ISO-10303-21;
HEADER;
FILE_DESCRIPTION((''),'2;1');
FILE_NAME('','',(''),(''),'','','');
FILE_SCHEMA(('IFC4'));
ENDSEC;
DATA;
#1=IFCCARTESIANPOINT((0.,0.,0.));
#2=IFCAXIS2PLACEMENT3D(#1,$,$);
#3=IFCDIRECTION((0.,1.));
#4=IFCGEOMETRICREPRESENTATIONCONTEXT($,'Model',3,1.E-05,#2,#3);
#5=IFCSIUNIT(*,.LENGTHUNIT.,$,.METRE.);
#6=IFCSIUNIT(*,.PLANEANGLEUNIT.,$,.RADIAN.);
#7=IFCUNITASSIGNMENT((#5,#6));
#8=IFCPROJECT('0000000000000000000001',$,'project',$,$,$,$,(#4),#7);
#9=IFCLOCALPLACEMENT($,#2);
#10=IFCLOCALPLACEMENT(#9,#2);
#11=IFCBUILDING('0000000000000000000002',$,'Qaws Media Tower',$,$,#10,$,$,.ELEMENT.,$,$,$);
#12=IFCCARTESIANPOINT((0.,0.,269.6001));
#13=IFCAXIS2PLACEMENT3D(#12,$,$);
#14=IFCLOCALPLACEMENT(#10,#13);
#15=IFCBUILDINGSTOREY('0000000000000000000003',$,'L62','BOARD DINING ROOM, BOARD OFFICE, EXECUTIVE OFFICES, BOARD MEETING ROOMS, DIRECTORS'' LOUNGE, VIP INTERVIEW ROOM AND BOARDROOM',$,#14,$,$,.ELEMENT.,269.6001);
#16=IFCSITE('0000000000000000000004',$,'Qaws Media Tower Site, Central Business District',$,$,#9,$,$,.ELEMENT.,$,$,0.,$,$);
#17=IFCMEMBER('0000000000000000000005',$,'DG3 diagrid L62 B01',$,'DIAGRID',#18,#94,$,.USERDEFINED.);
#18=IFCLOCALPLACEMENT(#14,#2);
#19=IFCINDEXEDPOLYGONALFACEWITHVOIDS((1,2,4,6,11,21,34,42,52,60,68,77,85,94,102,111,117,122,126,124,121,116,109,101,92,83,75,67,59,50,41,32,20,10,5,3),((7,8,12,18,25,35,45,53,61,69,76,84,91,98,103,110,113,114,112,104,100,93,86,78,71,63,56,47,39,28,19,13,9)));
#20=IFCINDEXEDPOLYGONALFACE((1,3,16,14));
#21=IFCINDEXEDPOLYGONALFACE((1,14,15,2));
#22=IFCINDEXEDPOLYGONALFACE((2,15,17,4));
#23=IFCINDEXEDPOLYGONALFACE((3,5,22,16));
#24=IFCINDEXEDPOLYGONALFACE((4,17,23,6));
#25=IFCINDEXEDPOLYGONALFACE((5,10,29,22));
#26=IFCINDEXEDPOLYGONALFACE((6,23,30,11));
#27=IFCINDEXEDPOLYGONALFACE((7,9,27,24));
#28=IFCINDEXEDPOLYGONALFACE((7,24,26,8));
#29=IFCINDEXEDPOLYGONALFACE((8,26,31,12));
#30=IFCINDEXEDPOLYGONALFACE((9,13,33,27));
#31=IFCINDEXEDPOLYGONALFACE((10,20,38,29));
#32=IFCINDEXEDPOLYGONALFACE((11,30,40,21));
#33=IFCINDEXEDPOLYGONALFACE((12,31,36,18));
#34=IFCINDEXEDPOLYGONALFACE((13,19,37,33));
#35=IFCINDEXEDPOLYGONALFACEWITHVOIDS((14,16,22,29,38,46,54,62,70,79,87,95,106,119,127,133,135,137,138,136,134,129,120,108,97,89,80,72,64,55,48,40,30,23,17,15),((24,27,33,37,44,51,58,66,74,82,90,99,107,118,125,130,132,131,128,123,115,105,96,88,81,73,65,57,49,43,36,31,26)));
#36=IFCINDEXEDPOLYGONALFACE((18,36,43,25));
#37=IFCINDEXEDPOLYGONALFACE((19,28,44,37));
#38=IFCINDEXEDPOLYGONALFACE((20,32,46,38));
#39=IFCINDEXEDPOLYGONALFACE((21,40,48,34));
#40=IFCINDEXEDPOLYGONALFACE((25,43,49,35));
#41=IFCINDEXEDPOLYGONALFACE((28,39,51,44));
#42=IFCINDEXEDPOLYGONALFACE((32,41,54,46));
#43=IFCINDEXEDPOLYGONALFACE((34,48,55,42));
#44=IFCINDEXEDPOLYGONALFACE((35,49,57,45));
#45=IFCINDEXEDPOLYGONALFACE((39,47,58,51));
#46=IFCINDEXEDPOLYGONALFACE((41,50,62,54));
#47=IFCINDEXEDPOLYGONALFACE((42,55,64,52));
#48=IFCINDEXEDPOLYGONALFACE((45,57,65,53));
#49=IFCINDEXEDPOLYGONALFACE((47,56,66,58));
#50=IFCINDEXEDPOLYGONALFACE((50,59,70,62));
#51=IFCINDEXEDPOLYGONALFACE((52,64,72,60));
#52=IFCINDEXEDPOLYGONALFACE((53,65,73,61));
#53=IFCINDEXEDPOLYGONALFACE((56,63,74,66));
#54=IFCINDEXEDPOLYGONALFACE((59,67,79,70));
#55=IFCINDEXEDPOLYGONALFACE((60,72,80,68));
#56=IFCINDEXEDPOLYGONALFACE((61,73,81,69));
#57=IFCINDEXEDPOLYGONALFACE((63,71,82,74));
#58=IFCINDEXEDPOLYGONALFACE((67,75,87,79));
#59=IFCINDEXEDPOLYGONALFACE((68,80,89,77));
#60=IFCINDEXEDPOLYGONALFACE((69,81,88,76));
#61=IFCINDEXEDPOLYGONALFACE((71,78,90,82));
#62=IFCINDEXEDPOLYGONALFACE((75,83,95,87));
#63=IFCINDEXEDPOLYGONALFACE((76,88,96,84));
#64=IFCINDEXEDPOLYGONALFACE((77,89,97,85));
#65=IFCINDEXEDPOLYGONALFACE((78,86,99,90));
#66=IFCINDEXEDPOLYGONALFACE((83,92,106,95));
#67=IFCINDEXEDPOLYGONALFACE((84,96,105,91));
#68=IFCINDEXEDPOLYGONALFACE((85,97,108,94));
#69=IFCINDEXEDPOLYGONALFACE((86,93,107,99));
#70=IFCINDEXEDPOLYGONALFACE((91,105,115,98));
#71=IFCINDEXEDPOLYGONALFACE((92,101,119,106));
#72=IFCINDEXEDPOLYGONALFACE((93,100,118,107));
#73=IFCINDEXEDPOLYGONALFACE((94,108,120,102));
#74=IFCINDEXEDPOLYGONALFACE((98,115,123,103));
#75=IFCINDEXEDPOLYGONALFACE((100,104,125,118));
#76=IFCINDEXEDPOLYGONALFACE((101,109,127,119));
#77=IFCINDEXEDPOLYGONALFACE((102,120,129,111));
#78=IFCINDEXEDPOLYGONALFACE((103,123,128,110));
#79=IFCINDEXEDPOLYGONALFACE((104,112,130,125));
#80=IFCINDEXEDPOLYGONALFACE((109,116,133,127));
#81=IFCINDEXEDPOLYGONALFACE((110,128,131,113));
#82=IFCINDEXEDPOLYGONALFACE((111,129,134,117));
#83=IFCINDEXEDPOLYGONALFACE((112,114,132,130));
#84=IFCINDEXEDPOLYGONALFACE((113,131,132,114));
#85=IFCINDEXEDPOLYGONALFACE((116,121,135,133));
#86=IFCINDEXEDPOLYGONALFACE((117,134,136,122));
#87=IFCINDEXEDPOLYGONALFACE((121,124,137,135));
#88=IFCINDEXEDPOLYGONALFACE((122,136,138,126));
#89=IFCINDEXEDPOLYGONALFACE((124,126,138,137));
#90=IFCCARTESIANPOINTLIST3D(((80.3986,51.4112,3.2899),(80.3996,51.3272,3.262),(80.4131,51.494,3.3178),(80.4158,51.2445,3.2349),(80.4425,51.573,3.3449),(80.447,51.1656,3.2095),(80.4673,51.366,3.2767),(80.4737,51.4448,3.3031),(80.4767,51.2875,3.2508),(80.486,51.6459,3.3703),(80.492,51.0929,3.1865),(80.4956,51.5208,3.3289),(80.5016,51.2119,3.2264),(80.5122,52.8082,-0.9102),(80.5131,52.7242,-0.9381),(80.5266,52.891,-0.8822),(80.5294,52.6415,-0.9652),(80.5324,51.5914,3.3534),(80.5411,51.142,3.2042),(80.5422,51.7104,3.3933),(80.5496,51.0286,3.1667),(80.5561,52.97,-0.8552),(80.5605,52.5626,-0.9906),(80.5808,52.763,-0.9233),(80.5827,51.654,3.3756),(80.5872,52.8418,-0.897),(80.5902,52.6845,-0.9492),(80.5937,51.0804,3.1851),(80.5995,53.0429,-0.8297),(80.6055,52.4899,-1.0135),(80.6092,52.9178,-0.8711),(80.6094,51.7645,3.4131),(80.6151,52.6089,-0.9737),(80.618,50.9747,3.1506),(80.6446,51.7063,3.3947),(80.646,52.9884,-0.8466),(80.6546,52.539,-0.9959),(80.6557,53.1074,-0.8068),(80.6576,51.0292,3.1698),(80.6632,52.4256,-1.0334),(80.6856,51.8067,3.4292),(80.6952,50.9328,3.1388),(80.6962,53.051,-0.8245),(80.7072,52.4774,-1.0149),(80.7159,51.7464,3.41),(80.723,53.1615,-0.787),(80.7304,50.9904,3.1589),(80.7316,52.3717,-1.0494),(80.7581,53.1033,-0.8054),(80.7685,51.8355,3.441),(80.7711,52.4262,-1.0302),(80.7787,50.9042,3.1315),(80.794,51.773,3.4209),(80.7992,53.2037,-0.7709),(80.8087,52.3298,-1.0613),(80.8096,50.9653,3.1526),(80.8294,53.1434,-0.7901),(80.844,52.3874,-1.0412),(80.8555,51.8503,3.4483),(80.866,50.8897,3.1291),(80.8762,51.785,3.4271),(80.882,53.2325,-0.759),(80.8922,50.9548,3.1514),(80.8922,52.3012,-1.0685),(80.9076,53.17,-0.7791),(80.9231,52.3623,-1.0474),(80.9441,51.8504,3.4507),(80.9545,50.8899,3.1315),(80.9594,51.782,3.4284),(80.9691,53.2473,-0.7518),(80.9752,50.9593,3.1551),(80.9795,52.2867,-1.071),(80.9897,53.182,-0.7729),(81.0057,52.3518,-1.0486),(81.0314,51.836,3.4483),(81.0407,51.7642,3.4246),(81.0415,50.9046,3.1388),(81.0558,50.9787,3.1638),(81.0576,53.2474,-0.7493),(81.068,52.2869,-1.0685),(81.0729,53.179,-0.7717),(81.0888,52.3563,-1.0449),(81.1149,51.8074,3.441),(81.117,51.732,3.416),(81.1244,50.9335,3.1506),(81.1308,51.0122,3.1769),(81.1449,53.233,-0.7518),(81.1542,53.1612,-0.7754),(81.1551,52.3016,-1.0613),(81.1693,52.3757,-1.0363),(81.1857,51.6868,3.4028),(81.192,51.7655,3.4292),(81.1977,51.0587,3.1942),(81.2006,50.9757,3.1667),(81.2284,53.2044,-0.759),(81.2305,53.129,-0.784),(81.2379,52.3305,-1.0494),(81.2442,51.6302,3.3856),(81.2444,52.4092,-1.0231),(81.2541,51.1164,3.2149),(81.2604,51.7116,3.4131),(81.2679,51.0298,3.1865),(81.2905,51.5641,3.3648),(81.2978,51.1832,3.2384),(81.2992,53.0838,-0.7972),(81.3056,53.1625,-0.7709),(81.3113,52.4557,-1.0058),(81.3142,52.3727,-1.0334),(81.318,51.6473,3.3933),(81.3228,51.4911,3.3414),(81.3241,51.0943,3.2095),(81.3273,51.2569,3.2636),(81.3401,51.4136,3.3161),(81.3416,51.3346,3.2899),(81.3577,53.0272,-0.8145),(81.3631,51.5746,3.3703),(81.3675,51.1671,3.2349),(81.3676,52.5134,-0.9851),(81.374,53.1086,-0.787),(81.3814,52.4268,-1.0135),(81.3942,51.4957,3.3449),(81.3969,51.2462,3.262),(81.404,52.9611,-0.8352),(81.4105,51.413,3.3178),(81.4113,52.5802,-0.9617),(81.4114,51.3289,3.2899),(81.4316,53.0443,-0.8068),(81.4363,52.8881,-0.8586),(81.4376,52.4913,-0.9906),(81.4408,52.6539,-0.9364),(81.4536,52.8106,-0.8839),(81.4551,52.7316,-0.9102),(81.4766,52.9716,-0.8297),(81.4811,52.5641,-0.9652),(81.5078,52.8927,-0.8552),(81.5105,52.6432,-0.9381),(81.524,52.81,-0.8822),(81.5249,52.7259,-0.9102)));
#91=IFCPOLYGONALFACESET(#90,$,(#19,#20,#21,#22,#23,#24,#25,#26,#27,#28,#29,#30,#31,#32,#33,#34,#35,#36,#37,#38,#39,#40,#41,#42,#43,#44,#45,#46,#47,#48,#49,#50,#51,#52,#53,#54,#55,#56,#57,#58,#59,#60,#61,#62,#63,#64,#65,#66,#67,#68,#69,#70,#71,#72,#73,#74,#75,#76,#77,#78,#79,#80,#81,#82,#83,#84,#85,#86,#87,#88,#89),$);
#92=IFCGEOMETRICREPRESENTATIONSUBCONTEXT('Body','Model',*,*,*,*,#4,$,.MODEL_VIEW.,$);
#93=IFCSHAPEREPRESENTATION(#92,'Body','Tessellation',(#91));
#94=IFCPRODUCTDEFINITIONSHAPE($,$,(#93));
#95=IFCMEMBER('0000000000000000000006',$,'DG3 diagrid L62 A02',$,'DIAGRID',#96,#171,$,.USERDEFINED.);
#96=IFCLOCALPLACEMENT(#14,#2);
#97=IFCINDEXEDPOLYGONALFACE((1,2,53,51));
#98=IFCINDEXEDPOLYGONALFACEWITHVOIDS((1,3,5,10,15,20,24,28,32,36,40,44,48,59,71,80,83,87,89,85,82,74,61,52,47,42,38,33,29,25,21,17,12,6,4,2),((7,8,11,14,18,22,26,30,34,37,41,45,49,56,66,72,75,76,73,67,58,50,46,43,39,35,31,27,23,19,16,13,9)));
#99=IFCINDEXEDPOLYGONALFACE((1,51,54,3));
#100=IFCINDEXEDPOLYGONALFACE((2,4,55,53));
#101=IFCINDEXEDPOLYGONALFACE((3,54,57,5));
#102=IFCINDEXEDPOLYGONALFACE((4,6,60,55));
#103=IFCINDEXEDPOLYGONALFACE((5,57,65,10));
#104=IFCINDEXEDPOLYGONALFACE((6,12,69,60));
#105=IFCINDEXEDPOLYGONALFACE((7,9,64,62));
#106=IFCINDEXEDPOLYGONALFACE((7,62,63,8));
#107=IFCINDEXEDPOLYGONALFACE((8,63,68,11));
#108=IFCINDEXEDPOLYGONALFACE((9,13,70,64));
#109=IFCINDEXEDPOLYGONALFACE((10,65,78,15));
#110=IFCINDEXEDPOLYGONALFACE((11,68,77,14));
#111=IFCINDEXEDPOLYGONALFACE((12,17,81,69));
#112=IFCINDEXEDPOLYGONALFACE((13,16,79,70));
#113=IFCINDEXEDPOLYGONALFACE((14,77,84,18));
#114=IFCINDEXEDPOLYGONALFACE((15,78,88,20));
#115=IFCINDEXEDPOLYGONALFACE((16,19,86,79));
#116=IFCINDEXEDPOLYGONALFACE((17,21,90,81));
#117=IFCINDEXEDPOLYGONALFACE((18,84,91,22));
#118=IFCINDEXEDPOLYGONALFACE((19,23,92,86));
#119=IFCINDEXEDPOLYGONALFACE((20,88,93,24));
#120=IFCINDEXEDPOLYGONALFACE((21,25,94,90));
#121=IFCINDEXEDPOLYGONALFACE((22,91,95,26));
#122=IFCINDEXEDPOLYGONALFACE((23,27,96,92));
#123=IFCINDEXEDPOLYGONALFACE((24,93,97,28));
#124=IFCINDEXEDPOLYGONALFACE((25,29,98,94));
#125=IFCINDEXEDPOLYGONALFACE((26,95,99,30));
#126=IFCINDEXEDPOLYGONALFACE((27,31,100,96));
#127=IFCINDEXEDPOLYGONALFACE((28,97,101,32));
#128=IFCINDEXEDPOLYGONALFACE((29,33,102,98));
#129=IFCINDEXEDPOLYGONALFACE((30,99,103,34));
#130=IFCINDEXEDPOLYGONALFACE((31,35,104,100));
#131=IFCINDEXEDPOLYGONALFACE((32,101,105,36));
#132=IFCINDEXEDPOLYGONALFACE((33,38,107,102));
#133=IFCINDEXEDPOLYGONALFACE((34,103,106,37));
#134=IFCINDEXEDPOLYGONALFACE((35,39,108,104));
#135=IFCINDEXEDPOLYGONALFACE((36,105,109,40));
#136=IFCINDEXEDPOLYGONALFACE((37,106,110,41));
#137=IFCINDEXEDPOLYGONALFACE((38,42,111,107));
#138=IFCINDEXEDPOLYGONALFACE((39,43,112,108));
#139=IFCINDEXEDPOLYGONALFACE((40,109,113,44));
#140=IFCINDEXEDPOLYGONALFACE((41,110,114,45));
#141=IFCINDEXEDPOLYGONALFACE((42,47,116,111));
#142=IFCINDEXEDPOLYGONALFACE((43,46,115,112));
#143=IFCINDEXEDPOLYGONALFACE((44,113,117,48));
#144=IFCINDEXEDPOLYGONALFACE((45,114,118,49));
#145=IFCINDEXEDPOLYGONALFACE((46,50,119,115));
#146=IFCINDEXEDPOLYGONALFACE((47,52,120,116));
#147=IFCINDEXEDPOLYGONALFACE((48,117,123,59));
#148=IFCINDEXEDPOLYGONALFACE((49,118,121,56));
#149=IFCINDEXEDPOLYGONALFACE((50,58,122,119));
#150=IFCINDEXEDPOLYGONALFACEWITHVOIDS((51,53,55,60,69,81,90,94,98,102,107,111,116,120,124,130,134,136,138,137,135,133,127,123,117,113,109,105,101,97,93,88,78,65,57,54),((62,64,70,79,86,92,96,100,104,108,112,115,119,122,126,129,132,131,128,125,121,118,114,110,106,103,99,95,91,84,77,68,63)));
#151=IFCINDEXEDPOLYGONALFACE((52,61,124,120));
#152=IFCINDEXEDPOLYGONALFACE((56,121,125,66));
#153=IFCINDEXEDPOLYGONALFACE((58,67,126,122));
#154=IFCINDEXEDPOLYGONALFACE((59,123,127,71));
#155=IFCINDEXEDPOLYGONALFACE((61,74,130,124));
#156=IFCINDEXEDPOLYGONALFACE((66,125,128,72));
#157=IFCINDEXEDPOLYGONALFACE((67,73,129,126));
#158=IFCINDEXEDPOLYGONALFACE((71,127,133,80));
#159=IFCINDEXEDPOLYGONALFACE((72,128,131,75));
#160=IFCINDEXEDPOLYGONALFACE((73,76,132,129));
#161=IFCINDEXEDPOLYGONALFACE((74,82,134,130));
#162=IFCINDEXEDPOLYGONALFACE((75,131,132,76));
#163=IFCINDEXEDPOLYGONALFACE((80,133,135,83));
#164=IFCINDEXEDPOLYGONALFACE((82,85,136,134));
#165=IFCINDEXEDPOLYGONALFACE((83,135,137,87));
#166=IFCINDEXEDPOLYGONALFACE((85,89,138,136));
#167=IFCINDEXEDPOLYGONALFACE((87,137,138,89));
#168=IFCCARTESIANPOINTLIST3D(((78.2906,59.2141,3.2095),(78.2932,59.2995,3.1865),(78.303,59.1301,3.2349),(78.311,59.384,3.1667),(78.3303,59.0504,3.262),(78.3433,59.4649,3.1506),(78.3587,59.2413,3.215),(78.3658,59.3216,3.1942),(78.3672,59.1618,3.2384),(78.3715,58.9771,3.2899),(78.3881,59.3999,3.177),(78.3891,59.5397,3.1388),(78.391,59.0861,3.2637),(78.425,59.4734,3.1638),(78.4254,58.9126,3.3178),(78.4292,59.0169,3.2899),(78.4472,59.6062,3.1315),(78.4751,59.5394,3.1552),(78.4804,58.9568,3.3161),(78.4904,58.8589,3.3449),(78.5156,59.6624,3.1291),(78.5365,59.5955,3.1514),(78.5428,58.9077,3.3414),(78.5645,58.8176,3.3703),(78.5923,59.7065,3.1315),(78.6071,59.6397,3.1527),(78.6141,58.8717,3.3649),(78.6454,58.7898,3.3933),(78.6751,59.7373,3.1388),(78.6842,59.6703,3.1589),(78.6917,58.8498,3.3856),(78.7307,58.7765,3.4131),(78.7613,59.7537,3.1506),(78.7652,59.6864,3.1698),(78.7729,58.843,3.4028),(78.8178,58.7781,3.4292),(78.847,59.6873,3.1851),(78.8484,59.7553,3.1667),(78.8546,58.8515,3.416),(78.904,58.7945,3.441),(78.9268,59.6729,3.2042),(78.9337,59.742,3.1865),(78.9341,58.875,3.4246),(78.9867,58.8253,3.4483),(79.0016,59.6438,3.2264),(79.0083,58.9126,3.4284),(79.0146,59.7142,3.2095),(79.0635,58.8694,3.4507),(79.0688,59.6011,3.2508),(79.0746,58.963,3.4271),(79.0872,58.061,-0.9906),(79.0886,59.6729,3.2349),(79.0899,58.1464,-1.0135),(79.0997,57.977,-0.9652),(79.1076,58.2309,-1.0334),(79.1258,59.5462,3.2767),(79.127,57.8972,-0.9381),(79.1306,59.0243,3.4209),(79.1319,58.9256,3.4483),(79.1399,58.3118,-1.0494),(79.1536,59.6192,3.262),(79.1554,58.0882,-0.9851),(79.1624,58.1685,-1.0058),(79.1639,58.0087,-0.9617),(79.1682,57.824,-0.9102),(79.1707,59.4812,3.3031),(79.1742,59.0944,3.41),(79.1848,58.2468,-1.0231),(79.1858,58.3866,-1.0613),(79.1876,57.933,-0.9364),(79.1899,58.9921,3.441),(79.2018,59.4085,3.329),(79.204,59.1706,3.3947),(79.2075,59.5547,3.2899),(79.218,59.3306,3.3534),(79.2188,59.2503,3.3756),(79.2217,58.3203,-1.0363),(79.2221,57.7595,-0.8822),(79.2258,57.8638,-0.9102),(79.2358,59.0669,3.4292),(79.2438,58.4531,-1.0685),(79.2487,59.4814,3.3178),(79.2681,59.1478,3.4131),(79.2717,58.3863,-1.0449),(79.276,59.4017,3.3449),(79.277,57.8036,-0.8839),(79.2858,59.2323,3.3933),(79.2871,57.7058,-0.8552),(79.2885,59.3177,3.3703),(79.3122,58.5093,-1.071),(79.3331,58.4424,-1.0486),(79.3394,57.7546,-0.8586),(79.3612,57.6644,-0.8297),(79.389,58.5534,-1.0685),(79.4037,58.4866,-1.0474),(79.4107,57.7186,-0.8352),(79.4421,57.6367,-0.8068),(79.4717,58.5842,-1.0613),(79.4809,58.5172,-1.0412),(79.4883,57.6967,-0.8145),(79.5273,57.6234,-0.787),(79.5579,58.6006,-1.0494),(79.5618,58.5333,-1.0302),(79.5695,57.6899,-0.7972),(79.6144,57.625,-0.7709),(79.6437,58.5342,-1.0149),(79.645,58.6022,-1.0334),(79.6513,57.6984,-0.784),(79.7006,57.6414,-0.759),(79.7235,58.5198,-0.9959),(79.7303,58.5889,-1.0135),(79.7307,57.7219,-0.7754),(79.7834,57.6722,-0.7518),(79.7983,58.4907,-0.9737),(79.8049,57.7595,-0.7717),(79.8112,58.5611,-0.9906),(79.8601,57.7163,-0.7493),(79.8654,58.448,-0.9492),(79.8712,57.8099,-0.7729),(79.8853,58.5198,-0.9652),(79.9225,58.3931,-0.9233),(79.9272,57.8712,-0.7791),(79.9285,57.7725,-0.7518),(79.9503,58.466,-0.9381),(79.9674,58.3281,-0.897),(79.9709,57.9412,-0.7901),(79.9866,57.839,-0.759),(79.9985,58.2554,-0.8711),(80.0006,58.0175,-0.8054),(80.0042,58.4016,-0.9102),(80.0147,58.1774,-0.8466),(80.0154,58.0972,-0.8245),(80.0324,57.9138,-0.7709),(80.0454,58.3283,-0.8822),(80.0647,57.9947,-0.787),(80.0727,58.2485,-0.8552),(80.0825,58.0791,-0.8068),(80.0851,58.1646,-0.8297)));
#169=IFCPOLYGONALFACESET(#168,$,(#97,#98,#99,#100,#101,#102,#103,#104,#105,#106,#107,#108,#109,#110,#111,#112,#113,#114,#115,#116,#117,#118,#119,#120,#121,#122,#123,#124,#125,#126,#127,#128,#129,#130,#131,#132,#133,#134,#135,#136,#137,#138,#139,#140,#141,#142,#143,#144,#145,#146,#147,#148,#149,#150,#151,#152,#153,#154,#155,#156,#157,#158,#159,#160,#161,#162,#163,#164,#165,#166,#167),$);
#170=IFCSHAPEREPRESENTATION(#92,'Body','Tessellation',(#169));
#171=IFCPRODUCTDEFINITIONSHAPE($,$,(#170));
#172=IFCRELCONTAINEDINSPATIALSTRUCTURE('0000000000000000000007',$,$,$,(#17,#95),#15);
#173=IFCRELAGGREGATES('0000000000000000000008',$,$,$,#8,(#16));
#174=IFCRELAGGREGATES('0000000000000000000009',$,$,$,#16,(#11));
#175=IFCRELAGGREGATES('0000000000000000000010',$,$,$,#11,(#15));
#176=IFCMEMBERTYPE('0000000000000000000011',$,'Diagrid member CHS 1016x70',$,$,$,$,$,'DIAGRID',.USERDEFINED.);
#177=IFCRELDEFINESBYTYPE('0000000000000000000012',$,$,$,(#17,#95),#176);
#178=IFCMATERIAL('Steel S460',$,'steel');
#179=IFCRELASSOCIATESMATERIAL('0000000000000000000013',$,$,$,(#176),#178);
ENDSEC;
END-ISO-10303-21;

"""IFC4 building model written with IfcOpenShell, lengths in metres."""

from ifc_helpers import new_model, si_unit, direction, frame, origin, origin_2d, place, context, subcontext, project, spatial, hollow_circle, extrude, material, material_profile, profile_set, type_object, element, save


model = new_model("IFC4")

# Units and contexts
model_context = context("Model", 3, precision=1e-05, world=origin(), true_north=direction((0.0, 1.0)))
body_context = subcontext(model_context, "Body", "Model", "MODEL_VIEW")
ifc_project = project(units=[si_unit("LENGTHUNIT", "METRE"), si_unit("PLANEANGLEUNIT", "RADIAN")], contexts=[model_context])

# Site, building, storey
site_placement = place(None, origin())
site = spatial("IfcSite", under=ifc_project, at=site_placement, Name="Qaws Media Tower Site, Central Business District", CompositionType="ELEMENT", RefElevation=0.0)
building_placement = place(site_placement, origin())
building = spatial("IfcBuilding", under=site, at=building_placement, Name="Qaws Media Tower", CompositionType="ELEMENT")
storey_placement = place(building_placement, frame((0.0, 0.0, 269.6001)))
storey = spatial("IfcBuildingStorey", under=building, at=storey_placement, Name="L62", Description="BOARD DINING ROOM, BOARD OFFICE, EXECUTIVE OFFICES, BOARD MEETING ROOMS, DIRECTORS' LOUNGE, VIP INTERVIEW ROOM AND BOARDROOM", CompositionType="ELEMENT", Elevation=269.6001)

# Members
ifc_material_1 = material(Name="Steel S460", Category="steel")
ifc_material_profile_1 = material_profile(ifc_material_1, hollow_circle(Radius=0.5081, WallThickness=0.0701, at=origin_2d()), Name="CHS 1016x70")
ifc_profile_set_1 = profile_set([ifc_material_profile_1], Name="Steel S460")
member_type_1 = type_object("IfcMemberType", Name="Diagrid member CHS 1016x70", ElementType="DIAGRID", PredefinedType="USERDEFINED", material=ifc_profile_set_1)
for number, where, z_axis, x_axis, name in (
    (1, (81.0186, 52.7671, -0.9102), (-0.02564, -0.315512, 0.948575), (0.996714, -0.080998, 0.0), "DG3 diagrid L62 B01"),
    (2, (79.5862, 58.1128, -0.9102), (-0.179923, 0.260428, 0.94858), (-0.822744, -0.568413, 0.0), "DG3 diagrid L62 A02"),
):
    element("IfcMember", number, at=place(storey_placement, frame(where, z_axis=z_axis, x_axis=x_axis)), inside=storey, type_object=member_type_1, Name=name, ObjectType="DIAGRID", PredefinedType="USERDEFINED", context=body_context, shape_type="SweptSolid", body=[
        extrude(hollow_circle(Radius=0.5081, WallThickness=0.0701, at=origin_2d()), origin(), (0.0, 0.0, 1.0), 4.4277),
    ])

save(model, "model.ifc")
